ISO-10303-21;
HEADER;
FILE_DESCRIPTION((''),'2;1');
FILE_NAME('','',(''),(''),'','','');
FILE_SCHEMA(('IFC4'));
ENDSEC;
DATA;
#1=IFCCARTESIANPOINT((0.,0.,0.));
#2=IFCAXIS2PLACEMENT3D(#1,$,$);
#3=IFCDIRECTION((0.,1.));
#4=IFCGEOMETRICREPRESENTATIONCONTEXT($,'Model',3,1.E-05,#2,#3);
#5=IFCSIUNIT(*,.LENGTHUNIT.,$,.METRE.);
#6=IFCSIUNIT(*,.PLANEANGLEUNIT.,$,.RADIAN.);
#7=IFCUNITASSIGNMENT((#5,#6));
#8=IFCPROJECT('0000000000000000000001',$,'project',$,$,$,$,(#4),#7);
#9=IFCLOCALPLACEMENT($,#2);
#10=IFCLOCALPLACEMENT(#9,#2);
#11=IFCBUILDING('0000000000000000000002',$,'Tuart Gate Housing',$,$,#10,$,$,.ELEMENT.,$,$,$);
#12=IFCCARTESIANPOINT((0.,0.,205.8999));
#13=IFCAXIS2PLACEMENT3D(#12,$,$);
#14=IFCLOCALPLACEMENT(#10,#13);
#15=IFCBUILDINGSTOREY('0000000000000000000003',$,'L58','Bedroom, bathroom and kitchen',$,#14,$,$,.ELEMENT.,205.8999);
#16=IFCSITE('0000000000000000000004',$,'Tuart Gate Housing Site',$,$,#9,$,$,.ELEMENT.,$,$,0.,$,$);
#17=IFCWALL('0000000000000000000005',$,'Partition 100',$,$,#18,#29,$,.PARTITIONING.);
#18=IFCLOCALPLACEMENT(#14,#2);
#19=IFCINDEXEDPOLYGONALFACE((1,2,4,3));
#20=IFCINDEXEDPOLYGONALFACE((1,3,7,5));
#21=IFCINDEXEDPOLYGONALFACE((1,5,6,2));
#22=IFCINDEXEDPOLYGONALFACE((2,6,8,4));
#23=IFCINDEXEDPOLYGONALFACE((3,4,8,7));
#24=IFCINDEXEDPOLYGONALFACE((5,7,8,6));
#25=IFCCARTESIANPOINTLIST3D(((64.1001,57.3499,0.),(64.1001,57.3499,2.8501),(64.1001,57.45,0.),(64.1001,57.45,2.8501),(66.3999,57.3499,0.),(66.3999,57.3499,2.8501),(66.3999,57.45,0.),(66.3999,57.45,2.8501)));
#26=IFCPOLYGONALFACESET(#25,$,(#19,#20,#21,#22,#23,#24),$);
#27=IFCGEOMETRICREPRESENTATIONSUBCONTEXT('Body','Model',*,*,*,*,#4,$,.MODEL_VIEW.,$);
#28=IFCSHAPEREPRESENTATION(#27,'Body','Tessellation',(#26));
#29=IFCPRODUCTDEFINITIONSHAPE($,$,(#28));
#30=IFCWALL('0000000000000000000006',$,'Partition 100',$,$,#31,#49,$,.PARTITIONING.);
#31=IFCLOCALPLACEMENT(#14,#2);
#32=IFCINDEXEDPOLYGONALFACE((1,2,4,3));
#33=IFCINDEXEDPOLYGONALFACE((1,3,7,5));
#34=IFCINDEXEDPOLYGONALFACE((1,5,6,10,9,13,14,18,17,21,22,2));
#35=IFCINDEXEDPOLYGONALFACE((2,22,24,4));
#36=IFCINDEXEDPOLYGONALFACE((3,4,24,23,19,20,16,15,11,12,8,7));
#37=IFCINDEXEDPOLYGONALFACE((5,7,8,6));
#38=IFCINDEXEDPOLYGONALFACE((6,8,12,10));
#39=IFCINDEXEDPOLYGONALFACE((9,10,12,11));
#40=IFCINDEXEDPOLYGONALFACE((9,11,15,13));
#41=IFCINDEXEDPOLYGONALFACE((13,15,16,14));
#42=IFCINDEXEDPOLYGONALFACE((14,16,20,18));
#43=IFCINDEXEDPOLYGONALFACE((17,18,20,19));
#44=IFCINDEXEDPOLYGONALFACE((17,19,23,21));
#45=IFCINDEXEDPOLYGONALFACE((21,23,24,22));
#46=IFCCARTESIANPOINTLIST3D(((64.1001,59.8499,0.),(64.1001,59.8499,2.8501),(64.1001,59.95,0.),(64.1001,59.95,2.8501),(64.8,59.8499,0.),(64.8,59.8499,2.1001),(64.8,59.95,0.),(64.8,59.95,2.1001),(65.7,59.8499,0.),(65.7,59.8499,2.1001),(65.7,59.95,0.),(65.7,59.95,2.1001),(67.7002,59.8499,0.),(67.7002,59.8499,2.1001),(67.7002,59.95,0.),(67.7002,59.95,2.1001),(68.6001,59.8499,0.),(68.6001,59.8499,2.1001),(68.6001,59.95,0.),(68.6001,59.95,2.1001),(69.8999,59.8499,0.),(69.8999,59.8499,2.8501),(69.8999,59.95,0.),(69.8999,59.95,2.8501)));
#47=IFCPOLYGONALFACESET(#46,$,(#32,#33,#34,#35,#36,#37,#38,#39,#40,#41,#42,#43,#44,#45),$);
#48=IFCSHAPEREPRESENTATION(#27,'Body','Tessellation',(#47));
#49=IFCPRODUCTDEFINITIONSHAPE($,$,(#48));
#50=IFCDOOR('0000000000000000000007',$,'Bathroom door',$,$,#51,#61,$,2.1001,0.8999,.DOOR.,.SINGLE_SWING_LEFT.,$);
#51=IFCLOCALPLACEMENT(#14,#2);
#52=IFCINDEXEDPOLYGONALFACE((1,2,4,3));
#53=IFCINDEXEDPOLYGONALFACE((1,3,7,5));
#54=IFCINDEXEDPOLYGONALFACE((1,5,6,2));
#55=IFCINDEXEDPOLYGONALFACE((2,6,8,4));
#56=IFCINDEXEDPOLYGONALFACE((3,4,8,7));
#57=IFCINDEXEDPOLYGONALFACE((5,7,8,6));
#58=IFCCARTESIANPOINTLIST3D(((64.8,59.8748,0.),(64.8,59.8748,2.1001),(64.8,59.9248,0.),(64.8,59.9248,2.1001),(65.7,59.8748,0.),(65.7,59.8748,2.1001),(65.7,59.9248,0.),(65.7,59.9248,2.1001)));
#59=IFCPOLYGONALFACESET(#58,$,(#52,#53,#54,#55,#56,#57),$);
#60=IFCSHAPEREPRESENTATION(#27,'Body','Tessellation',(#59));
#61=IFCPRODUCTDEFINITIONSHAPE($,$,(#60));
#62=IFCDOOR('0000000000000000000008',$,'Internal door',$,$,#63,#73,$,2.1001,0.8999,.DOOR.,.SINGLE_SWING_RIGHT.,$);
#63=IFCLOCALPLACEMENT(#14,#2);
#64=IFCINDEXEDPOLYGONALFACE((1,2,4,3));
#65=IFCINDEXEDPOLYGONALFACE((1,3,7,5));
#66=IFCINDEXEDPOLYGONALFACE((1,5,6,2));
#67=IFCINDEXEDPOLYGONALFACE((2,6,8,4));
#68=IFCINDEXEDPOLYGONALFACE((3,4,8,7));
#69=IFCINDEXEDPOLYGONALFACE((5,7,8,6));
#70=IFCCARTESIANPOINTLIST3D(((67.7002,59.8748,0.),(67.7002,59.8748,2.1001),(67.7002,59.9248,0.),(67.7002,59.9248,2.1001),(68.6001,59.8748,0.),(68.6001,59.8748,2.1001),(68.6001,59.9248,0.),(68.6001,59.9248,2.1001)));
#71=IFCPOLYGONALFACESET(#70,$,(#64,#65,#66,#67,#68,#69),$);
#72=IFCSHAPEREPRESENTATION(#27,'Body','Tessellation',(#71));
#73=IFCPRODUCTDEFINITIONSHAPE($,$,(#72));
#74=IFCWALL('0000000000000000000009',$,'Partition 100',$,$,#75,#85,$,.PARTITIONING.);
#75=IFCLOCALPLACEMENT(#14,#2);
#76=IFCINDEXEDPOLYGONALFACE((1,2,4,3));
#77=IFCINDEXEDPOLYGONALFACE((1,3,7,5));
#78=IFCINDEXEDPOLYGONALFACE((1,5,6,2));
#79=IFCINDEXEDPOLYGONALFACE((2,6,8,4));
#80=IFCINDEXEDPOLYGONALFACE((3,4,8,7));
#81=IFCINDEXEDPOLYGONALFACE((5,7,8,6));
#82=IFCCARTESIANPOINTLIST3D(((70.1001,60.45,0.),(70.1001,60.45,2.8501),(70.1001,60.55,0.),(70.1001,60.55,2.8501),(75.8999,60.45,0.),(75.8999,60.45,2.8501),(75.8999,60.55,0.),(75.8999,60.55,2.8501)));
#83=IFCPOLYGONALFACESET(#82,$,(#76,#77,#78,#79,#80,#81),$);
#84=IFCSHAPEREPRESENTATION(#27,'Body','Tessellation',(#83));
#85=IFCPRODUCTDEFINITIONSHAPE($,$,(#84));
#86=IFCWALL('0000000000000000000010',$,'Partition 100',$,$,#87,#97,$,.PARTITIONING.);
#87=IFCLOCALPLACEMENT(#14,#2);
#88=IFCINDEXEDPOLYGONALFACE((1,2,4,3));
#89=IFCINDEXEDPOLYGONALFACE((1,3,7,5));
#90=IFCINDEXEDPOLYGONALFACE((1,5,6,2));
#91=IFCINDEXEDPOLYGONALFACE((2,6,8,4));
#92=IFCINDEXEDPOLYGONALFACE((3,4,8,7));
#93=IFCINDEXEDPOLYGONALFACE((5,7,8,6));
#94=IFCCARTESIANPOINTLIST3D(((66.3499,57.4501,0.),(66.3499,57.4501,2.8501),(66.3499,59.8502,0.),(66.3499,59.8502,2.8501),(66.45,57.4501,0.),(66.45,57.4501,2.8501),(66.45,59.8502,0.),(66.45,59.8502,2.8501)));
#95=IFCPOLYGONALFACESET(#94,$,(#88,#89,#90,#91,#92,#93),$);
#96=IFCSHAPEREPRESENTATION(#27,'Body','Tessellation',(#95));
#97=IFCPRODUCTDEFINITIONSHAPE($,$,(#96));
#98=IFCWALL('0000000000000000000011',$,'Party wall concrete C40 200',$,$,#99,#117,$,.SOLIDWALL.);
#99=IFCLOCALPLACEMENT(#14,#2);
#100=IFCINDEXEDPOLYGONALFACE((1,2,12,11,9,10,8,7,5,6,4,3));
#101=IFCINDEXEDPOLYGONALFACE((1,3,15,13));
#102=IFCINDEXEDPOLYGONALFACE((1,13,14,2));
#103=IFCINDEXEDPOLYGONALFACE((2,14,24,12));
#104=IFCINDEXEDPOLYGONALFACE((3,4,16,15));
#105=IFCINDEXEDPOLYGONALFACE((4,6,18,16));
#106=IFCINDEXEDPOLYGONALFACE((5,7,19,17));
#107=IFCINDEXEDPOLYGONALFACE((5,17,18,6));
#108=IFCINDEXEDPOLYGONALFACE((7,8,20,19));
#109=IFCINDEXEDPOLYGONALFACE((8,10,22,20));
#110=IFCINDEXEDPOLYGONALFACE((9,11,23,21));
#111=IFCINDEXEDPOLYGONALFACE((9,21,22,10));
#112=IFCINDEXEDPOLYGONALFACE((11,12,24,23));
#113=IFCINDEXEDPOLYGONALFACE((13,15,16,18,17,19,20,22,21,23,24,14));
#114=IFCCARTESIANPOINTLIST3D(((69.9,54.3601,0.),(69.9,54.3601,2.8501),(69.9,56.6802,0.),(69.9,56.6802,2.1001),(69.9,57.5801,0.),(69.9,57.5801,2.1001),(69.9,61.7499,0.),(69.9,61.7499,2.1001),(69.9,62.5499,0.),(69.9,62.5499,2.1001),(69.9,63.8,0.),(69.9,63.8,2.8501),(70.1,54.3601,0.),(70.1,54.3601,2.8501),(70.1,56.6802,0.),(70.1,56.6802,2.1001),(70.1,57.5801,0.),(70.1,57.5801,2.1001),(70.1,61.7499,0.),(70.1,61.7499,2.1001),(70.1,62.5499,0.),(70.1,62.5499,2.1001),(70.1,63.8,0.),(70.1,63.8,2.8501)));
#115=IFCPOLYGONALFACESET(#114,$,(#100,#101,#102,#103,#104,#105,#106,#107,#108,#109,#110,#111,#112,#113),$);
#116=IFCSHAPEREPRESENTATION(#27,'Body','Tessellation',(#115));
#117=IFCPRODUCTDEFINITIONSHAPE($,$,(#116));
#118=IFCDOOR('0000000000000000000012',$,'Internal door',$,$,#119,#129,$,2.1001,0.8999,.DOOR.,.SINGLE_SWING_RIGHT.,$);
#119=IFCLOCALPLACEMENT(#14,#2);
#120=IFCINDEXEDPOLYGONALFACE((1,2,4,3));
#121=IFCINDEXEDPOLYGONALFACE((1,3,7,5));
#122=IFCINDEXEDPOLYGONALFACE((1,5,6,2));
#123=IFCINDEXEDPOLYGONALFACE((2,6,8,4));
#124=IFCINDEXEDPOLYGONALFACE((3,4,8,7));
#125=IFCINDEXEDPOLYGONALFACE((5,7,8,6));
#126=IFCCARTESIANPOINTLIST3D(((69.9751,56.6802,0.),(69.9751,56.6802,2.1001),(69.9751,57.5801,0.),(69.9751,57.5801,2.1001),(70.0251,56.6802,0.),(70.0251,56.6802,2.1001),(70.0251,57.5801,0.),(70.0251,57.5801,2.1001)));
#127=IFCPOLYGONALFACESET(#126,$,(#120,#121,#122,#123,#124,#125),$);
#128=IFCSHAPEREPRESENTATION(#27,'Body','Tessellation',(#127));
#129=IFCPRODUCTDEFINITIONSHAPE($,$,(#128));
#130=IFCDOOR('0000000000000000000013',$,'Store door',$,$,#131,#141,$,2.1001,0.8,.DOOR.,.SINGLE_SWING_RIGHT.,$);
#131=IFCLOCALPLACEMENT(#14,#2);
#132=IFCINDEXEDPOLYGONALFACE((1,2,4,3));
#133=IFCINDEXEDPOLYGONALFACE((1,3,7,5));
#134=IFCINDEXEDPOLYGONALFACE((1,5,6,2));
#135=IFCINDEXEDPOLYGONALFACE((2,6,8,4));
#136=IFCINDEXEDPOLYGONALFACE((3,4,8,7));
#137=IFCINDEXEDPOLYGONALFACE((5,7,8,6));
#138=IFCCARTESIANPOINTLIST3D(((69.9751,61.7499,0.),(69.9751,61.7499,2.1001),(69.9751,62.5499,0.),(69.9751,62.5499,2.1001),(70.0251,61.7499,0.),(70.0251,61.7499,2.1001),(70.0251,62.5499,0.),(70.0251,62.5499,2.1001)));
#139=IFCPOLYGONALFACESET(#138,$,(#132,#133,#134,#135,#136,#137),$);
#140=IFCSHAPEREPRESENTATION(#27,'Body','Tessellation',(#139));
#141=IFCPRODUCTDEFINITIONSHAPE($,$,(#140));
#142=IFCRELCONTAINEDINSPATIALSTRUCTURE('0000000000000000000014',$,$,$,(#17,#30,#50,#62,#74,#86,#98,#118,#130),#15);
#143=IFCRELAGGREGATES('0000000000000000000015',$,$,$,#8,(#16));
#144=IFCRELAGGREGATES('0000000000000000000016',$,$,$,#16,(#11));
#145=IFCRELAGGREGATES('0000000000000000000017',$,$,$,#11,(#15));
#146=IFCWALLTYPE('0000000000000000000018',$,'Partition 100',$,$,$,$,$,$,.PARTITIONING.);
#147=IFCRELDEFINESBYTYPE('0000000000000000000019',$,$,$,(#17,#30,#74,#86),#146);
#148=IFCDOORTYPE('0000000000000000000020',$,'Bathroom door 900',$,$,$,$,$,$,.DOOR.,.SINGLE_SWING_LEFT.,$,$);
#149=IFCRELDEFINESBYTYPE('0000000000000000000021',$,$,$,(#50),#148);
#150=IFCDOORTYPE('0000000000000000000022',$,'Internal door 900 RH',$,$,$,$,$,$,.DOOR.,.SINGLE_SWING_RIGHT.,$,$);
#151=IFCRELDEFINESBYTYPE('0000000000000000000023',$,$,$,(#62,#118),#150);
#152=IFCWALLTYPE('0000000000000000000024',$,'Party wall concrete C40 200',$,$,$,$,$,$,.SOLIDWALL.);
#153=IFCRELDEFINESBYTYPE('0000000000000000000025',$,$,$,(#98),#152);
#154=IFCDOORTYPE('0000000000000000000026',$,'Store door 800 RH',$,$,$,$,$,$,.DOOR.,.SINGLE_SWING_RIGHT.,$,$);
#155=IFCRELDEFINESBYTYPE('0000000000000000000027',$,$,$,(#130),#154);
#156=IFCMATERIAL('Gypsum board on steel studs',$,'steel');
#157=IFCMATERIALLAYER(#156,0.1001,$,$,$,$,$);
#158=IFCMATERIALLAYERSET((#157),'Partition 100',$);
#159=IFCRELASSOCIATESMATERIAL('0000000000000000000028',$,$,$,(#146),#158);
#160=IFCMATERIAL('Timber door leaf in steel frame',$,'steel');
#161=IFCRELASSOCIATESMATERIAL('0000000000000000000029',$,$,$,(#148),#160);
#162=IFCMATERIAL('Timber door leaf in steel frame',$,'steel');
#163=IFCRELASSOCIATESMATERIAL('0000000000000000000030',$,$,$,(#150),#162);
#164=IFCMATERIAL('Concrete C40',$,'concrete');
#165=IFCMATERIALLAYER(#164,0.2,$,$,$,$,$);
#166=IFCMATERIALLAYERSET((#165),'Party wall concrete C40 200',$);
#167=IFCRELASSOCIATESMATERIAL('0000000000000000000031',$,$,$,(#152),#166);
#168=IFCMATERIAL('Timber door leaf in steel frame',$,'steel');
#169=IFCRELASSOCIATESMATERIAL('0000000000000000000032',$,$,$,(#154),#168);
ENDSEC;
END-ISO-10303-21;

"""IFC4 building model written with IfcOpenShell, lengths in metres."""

from ifc_helpers import new_model, si_unit, direction, frame, frame_2d, origin, place, context, subcontext, project, spatial, rectangle, extrude, material, layer, layer_set, type_object, element, fill, save


model = new_model("IFC4")

# Units and contexts
model_context = context("Model", 3, precision=1e-05, world=origin(), true_north=direction((0.0, 1.0)))
body_context = subcontext(model_context, "Body", "Model", "MODEL_VIEW")
ifc_project = project(units=[si_unit("LENGTHUNIT", "METRE"), si_unit("PLANEANGLEUNIT", "RADIAN")], contexts=[model_context])

# Site, building, storey
site_placement = place(None, origin())
site = spatial("IfcSite", under=ifc_project, at=site_placement, Name="Tuart Gate Housing Site", CompositionType="ELEMENT", RefElevation=0.0)
building_placement = place(site_placement, origin())
building = spatial("IfcBuilding", under=site, at=building_placement, Name="Tuart Gate Housing", CompositionType="ELEMENT")
storey_placement = place(building_placement, frame((0.0, 0.0, 205.8999)))
storey = spatial("IfcBuildingStorey", under=building, at=storey_placement, Name="L58", Description="Bedroom, bathroom and kitchen", CompositionType="ELEMENT", Elevation=205.8999)

# Wall
ifc_material_1 = material(Name="Gypsum board on steel studs", Category="steel")
ifc_layer_1 = layer(ifc_material_1, 0.1001)
ifc_layer_set_1 = layer_set([ifc_layer_1], Name="Partition 100")
wall_type_1 = type_object("IfcWallType", Name="Partition 100", PredefinedType="PARTITIONING", material=ifc_layer_set_1)
wall_1_placement = place(storey_placement, frame((64.1001, 57.3999, 0.0), z_axis=(0.0, 0.0, 1.0), x_axis=(1.0, 0.0, 0.0)))
element("IfcWall", 1, at=wall_1_placement, inside=storey, type_object=wall_type_1, Name="Partition 100", PredefinedType="PARTITIONING", context=body_context, shape_type="SweptSolid", body=[
    extrude(rectangle(XDim=2.2998, YDim=0.1001, at=frame_2d((1.1499, 0.0))), origin(), (0.0, 0.0, 1.0), 2.8501),
])

# Wall, openings, doors
wall_2_placement = place(storey_placement, frame((64.1001, 59.8999, 0.0), z_axis=(0.0, 0.0, 1.0), x_axis=(1.0, 0.0, 0.0)))
wall_2 = element("IfcWall", 2, at=wall_2_placement, inside=storey, type_object=wall_type_1, Name="Partition 100", PredefinedType="PARTITIONING", context=body_context, shape_type="SweptSolid", body=[
    extrude(rectangle(XDim=5.7998, YDim=0.1001, at=frame_2d((2.8999, 0.0))), origin(), (0.0, 0.0, 1.0), 2.8501),
])
opening_1_placement = place(wall_2_placement, frame((3.6001, 0.0, 0.0)))
opening_1 = element("IfcOpeningElement", 3, at=opening_1_placement, cuts=wall_2, PredefinedType="OPENING", context=body_context, shape_type="SweptSolid", body=[
    extrude(rectangle(XDim=0.8999, YDim=2.1001, at=frame_2d((0.45, 1.05))), frame((0.0, 0.0601, 0.0), z_axis=(0.0, -1.0, 0.0), x_axis=(1.0, 0.0, 0.0)), (0.0, 0.0, 1.0), 0.1201),
])
opening_2_placement = place(wall_2_placement, frame((0.7, 0.0, 0.0)))
opening_2 = element("IfcOpeningElement", 4, at=opening_2_placement, cuts=wall_2, PredefinedType="OPENING", context=body_context, shape_type="SweptSolid", body=[
    extrude(rectangle(XDim=0.8999, YDim=2.1001, at=frame_2d((0.45, 1.05))), frame((0.0, 0.0601, 0.0), z_axis=(0.0, -1.0, 0.0), x_axis=(1.0, 0.0, 0.0)), (0.0, 0.0, 1.0), 0.1201),
])
ifc_material_2 = material(Name="Timber door leaf in steel frame", Category="steel")
door_type_1 = type_object("IfcDoorType", Name="Bathroom door 900", OperationType="SINGLE_SWING_LEFT", PredefinedType="DOOR", material=ifc_material_2)
door_1_placement = place(opening_2_placement, frame((0.8999, 0.0, 0.0), z_axis=(0.0, 0.0, 1.0), x_axis=(-1.0, 0.0, 0.0)))
door_1 = element("IfcDoor", 5, at=door_1_placement, inside=storey, type_object=door_type_1, Name="Bathroom door", OperationType="SINGLE_SWING_LEFT", OverallHeight=2.1001, OverallWidth=0.8999, PredefinedType="DOOR", context=body_context, shape_type="SweptSolid", body=[
    extrude(rectangle(XDim=0.8999, YDim=2.1001, at=frame_2d((0.45, 1.05))), frame((0.0, 0.0251, 0.0), z_axis=(0.0, -1.0, 0.0), x_axis=(1.0, 0.0, 0.0)), (0.0, 0.0, 1.0), 0.05),
])
fill(opening_2, door_1)
ifc_material_3 = material(Name="Timber door leaf in steel frame", Category="steel")
door_type_2 = type_object("IfcDoorType", Name="Internal door 900 RH", OperationType="SINGLE_SWING_RIGHT", PredefinedType="DOOR", material=ifc_material_3)
door_2_placement = place(opening_1_placement, origin())
door_2 = element("IfcDoor", 6, at=door_2_placement, inside=storey, type_object=door_type_2, Name="Internal door", OperationType="SINGLE_SWING_RIGHT", OverallHeight=2.1001, OverallWidth=0.8999, PredefinedType="DOOR", context=body_context, shape_type="SweptSolid", body=[
    extrude(rectangle(XDim=0.8999, YDim=2.1001, at=frame_2d((0.45, 1.05))), frame((0.0, 0.0249, 0.0), z_axis=(0.0, -1.0, 0.0), x_axis=(1.0, 0.0, 0.0)), (0.0, 0.0, 1.0), 0.05),
])
fill(opening_1, door_2)

# Walls
wall_3_placement = place(storey_placement, frame((70.1001, 60.5, 0.0), z_axis=(0.0, 0.0, 1.0), x_axis=(1.0, 0.0, 0.0)))
element("IfcWall", 7, at=wall_3_placement, inside=storey, type_object=wall_type_1, Name="Partition 100", PredefinedType="PARTITIONING", context=body_context, shape_type="SweptSolid", body=[
    extrude(rectangle(XDim=5.7998, YDim=0.1001, at=frame_2d((2.8999, 0.0))), origin(), (0.0, 0.0, 1.0), 2.8501),
])
wall_4_placement = place(storey_placement, frame((66.3999, 57.45, 0.0), z_axis=(0.0, 0.0, 1.0), x_axis=(0.0, 1.0, 0.0)))
element("IfcWall", 8, at=wall_4_placement, inside=storey, type_object=wall_type_1, Name="Partition 100", PredefinedType="PARTITIONING", context=body_context, shape_type="SweptSolid", body=[
    extrude(rectangle(XDim=2.4001, YDim=0.1001, at=frame_2d((1.2002, 0.0))), origin(), (0.0, 0.0, 1.0), 2.8501),
])

# Wall, openings, doors
ifc_material_4 = material(Name="Concrete C40", Category="concrete")
ifc_layer_2 = layer(ifc_material_4, 0.2)
ifc_layer_set_2 = layer_set([ifc_layer_2], Name="Party wall concrete C40 200")
wall_type_2 = type_object("IfcWallType", Name="Party wall concrete C40 200", PredefinedType="SOLIDWALL", material=ifc_layer_set_2)
wall_5_placement = place(storey_placement, frame((70.0, 54.3601, 0.0), z_axis=(0.0, 0.0, 1.0), x_axis=(0.0, 1.0, 0.0)))
wall_5 = element("IfcWall", 9, at=wall_5_placement, inside=storey, type_object=wall_type_2, Name="Party wall concrete C40 200", PredefinedType="SOLIDWALL", context=body_context, shape_type="SweptSolid", body=[
    extrude(rectangle(XDim=9.4399, YDim=0.2, at=frame_2d((4.72, 0.0))), origin(), (0.0, 0.0, 1.0), 2.8501),
])
opening_3_placement = place(wall_5_placement, frame((2.3201, 0.0, 0.0)))
opening_3 = element("IfcOpeningElement", 10, at=opening_3_placement, cuts=wall_5, PredefinedType="OPENING", context=body_context, shape_type="SweptSolid", body=[
    extrude(rectangle(XDim=0.8999, YDim=2.1001, at=frame_2d((0.45, 1.05))), frame((0.0, 0.1099, 0.0), z_axis=(0.0, -1.0, 0.0), x_axis=(1.0, 0.0, 0.0)), (0.0, 0.0, 1.0), 0.22),
])
opening_4_placement = place(wall_5_placement, frame((7.3899, 0.0, 0.0)))
opening_4 = element("IfcOpeningElement", 11, at=opening_4_placement, cuts=wall_5, PredefinedType="OPENING", context=body_context, shape_type="SweptSolid", body=[
    extrude(rectangle(XDim=0.8, YDim=2.1001, at=frame_2d((0.3999, 1.05))), frame((0.0, 0.1099, 0.0), z_axis=(0.0, -1.0, 0.0), x_axis=(1.0, 0.0, 0.0)), (0.0, 0.0, 1.0), 0.22),
])
door_3_placement = place(opening_3_placement, frame((0.8999, 0.0, 0.0), z_axis=(0.0, 0.0, 1.0), x_axis=(-1.0, 0.0, 0.0)))
door_3 = element("IfcDoor", 12, at=door_3_placement, inside=storey, type_object=door_type_2, Name="Internal door", OperationType="SINGLE_SWING_RIGHT", OverallHeight=2.1001, OverallWidth=0.8999, PredefinedType="DOOR", context=body_context, shape_type="SweptSolid", body=[
    extrude(rectangle(XDim=0.8999, YDim=2.1001, at=frame_2d((0.45, 1.05))), frame((0.0, 0.0251, 0.0), z_axis=(0.0, -1.0, 0.0), x_axis=(1.0, 0.0, 0.0)), (0.0, 0.0, 1.0), 0.05),
])
fill(opening_3, door_3)
ifc_material_5 = material(Name="Timber door leaf in steel frame", Category="steel")
door_type_3 = type_object("IfcDoorType", Name="Store door 800 RH", OperationType="SINGLE_SWING_RIGHT", PredefinedType="DOOR", material=ifc_material_5)
door_4_placement = place(opening_4_placement, frame((0.8, 0.0, 0.0), z_axis=(0.0, 0.0, 1.0), x_axis=(-1.0, 0.0, 0.0)))
door_4 = element("IfcDoor", 13, at=door_4_placement, inside=storey, type_object=door_type_3, Name="Store door", OperationType="SINGLE_SWING_RIGHT", OverallHeight=2.1001, OverallWidth=0.8, PredefinedType="DOOR", context=body_context, shape_type="SweptSolid", body=[
    extrude(rectangle(XDim=0.8, YDim=2.1001, at=frame_2d((0.4001, 1.05))), frame((0.0, 0.0251, 0.0), z_axis=(0.0, -1.0, 0.0), x_axis=(1.0, 0.0, 0.0)), (0.0, 0.0, 1.0), 0.05),
])
fill(opening_4, door_4)

save(model, "model.ifc")
